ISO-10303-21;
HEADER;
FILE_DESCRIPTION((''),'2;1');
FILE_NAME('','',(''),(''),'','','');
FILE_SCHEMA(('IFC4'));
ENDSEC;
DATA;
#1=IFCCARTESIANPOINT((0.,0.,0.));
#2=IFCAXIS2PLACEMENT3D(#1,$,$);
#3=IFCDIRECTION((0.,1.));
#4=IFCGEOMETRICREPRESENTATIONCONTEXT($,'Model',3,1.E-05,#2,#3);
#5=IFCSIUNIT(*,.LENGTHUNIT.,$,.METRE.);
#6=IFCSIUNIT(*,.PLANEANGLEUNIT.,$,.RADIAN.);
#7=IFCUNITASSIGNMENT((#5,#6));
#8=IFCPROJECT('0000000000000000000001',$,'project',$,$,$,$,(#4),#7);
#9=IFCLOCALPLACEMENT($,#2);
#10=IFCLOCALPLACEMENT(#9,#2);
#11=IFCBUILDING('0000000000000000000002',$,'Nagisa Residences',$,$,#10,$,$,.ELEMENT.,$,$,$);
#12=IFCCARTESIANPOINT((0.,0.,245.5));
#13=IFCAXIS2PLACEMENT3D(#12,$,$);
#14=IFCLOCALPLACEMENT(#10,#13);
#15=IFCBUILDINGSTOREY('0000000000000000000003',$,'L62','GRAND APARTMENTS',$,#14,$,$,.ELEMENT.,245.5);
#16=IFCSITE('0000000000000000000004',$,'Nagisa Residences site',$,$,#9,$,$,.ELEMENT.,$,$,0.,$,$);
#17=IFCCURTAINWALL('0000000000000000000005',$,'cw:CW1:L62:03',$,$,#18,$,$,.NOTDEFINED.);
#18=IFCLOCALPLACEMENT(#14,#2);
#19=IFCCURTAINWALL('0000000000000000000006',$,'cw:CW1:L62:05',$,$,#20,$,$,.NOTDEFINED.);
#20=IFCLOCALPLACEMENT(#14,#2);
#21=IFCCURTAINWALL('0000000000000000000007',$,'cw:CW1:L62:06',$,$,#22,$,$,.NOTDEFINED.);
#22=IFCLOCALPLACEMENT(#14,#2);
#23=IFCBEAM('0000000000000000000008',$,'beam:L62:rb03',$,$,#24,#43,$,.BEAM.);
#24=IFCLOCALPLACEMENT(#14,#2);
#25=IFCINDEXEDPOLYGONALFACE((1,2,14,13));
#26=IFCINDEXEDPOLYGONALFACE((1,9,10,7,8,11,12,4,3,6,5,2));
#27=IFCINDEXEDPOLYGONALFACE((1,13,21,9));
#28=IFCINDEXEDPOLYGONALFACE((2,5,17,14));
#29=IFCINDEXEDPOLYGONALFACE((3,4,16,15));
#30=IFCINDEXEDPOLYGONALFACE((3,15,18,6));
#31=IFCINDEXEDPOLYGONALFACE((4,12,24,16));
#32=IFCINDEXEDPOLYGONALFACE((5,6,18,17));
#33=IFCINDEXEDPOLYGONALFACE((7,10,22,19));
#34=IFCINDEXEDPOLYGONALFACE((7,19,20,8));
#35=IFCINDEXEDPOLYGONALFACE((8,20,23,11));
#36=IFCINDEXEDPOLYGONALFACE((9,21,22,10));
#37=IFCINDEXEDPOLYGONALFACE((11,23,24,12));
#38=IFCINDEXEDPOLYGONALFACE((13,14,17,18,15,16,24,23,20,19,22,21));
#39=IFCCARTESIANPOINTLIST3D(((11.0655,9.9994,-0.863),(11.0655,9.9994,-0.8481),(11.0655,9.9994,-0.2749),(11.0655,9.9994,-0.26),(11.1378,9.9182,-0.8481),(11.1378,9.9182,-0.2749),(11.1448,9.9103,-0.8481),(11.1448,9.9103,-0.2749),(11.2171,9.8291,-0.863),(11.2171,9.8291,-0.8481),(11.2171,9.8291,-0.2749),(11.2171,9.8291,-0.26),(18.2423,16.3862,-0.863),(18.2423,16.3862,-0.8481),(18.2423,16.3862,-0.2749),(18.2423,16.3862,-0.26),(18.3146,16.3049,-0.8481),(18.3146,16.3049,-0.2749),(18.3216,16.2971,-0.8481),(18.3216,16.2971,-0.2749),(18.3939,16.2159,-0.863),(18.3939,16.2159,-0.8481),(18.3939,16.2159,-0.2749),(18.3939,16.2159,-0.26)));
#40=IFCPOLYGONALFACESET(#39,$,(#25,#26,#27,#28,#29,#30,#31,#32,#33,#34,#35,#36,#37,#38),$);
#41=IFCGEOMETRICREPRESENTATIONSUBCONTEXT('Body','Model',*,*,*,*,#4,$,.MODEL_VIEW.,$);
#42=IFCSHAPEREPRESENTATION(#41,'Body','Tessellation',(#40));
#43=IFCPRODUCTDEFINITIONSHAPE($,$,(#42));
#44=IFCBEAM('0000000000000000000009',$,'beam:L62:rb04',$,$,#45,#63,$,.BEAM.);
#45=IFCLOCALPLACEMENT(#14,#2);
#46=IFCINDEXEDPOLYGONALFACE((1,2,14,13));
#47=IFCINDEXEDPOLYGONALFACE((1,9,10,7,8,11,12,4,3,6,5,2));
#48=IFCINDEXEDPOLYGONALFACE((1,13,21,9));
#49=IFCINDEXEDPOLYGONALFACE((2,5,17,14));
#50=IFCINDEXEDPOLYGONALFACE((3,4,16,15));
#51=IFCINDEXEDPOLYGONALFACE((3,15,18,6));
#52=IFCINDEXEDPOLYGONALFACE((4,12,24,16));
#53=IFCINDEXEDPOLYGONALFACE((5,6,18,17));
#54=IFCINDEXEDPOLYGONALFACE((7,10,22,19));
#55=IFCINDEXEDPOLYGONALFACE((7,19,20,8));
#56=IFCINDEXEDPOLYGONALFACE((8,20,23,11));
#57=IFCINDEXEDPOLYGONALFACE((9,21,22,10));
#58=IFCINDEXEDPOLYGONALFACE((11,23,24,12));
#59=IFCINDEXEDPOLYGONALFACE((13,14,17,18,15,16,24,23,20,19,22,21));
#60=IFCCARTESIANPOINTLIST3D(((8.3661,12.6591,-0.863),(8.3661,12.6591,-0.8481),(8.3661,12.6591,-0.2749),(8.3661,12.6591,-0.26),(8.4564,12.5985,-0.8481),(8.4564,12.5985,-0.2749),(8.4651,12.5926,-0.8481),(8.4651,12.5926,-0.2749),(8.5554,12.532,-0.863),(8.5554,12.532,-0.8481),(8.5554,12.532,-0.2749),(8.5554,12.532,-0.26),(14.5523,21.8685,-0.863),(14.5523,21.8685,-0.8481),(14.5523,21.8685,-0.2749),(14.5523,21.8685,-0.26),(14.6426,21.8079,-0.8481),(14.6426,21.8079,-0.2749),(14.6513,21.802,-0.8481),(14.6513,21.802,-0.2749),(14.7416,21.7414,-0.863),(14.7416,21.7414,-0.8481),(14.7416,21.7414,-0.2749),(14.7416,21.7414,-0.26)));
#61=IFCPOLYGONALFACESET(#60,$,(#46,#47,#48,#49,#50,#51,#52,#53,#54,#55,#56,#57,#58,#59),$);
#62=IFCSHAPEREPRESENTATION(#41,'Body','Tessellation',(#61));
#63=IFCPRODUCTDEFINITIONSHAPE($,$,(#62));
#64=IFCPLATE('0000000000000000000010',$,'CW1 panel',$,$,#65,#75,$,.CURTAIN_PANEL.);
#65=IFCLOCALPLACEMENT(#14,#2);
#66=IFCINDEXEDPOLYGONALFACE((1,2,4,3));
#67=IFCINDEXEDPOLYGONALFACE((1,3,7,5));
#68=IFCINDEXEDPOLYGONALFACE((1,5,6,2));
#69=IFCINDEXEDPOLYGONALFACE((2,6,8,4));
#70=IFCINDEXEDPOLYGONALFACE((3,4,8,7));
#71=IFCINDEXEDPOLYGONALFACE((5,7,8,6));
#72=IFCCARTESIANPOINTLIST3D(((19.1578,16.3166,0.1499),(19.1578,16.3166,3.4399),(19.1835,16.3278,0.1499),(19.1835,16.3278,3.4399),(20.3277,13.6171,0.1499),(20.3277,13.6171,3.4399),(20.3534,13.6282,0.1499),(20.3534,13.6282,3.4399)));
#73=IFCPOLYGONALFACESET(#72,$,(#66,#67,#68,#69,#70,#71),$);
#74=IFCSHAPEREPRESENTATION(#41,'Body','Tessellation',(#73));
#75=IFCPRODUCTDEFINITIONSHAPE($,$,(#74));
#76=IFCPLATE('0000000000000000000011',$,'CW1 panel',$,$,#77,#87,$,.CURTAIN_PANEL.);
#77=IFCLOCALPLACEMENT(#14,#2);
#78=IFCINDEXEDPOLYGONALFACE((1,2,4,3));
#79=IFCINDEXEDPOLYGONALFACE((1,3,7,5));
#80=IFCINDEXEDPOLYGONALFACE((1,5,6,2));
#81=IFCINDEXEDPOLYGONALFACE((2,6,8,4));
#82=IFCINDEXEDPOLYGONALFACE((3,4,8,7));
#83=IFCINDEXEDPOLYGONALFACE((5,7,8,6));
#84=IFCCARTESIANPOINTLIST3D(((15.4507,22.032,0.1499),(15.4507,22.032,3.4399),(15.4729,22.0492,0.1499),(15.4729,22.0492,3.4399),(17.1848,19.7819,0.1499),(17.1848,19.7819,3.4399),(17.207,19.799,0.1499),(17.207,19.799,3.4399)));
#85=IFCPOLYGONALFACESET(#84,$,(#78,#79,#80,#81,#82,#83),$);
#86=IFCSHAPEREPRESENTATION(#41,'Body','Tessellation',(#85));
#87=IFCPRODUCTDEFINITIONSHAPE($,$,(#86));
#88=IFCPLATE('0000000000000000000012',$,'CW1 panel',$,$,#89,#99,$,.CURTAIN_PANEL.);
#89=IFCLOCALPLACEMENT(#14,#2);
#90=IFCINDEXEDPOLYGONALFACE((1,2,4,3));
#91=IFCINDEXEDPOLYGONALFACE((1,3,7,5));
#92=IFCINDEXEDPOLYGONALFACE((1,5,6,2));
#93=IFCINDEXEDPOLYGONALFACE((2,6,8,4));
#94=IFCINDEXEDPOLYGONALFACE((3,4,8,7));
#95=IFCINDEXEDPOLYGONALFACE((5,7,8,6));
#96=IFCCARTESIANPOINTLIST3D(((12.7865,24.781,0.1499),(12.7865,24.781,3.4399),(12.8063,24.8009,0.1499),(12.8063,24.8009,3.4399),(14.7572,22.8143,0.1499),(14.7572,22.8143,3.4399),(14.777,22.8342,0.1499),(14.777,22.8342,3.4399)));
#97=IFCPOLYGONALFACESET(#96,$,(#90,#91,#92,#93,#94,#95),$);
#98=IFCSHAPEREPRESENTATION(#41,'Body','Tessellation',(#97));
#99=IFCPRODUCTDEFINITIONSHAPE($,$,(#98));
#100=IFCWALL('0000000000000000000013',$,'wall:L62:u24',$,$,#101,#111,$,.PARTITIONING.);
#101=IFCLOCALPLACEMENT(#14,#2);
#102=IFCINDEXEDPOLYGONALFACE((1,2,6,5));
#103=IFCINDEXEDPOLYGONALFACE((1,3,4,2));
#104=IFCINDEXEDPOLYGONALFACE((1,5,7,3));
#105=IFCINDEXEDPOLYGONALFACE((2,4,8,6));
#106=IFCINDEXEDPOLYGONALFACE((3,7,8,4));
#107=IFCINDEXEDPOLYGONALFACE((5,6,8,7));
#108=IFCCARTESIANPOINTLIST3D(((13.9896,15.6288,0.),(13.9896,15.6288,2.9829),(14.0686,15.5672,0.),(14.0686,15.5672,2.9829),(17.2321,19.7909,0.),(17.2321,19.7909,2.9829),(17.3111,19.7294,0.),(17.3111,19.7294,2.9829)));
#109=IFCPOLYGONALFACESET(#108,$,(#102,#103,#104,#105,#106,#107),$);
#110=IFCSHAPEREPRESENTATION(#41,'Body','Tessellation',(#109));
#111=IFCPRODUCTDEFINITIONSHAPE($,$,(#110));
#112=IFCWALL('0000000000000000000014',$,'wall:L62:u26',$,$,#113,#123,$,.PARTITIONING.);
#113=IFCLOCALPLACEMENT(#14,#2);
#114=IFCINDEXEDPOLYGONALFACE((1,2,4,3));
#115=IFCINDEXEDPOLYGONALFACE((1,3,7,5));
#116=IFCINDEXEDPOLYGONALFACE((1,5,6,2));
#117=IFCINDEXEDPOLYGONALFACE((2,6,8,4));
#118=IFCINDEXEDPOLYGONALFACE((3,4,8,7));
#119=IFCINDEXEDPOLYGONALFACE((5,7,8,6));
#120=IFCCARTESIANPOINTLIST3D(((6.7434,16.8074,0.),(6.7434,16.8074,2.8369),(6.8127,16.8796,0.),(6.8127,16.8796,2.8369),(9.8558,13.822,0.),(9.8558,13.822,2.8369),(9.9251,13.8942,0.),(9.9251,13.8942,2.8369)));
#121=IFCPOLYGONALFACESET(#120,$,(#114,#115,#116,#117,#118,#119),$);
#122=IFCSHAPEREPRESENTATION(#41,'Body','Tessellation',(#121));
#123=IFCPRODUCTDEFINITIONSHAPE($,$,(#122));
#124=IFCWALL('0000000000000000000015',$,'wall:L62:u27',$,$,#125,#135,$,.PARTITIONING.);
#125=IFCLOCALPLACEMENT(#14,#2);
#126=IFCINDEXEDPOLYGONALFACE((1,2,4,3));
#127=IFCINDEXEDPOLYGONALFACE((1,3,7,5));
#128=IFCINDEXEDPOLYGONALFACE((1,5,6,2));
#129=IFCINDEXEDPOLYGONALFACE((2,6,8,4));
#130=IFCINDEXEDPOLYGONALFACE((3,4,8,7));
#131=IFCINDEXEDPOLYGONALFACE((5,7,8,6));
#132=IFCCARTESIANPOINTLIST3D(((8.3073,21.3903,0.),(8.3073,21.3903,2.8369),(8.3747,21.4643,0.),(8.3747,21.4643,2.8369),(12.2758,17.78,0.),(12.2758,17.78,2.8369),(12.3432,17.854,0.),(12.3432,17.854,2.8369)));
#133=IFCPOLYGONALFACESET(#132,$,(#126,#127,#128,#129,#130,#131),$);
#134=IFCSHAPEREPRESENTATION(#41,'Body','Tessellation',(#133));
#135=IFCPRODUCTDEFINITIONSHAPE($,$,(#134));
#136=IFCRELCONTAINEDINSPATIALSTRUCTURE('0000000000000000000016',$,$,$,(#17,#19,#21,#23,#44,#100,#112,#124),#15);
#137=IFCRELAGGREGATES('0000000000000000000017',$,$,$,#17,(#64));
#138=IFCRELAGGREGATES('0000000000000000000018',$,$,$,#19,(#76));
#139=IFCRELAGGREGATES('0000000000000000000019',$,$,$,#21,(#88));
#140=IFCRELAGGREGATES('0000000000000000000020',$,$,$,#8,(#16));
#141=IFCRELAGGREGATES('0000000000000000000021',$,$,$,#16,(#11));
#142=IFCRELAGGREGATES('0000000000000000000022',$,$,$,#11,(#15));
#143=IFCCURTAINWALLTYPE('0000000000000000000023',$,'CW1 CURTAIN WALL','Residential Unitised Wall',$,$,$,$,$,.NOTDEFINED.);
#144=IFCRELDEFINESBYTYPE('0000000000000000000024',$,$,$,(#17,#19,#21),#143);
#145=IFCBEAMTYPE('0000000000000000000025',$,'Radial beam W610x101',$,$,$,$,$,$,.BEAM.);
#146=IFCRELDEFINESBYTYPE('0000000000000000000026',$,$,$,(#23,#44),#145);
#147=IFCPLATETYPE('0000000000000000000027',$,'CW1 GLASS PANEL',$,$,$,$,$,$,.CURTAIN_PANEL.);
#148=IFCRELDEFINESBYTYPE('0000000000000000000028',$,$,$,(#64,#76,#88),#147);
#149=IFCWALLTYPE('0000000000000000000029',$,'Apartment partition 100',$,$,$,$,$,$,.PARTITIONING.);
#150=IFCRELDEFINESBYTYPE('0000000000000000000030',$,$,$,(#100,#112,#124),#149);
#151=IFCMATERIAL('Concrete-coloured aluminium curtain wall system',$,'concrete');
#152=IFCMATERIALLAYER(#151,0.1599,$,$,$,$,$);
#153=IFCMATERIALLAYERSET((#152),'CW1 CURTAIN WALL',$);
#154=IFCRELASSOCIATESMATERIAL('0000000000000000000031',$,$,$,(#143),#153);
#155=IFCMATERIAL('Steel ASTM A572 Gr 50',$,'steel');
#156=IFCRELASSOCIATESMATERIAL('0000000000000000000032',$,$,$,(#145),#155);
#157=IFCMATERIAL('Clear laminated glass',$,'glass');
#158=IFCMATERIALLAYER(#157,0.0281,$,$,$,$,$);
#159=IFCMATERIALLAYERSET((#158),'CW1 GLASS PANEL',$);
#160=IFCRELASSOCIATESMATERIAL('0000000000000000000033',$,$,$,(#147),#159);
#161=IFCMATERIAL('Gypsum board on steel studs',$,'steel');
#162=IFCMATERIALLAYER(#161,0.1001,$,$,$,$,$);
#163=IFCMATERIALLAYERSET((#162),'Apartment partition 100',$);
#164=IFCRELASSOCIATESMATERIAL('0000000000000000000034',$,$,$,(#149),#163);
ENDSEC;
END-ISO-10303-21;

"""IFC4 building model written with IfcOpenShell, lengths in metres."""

from ifc_helpers import new_model, si_unit, direction, frame, frame_2d, origin, origin_2d, place, context, subcontext, project, spatial, rectangle, i_section, extrude, material, layer, layer_set, material_profile, profile_set, type_object, element, aggregate, save


model = new_model("IFC4")

# Units and contexts
model_context = context("Model", 3, precision=1e-05, world=origin(), true_north=direction((0.0, 1.0)))
body_context = subcontext(model_context, "Body", "Model", "MODEL_VIEW")
ifc_project = project(units=[si_unit("LENGTHUNIT", "METRE"), si_unit("PLANEANGLEUNIT", "RADIAN")], contexts=[model_context])

# Site, building, storey
site_placement = place(None, origin())
site = spatial("IfcSite", under=ifc_project, at=site_placement, Name="Nagisa Residences site", CompositionType="ELEMENT", RefElevation=0.0)
building_placement = place(site_placement, origin())
building = spatial("IfcBuilding", under=site, at=building_placement, Name="Nagisa Residences", CompositionType="ELEMENT")
storey_placement = place(building_placement, frame((0.0, 0.0, 245.5)))
storey = spatial("IfcBuildingStorey", under=building, at=storey_placement, Name="L62", Description="GRAND APARTMENTS", CompositionType="ELEMENT", Elevation=245.5)

# Curtain walls
ifc_material_1 = material(Name="Concrete-coloured aluminium curtain wall system", Category="concrete")
ifc_layer_1 = layer(ifc_material_1, 0.1599)
ifc_layer_set_1 = layer_set([ifc_layer_1], Name="CW1 CURTAIN WALL")
curtain_wall_type = type_object("IfcCurtainWallType", Name="CW1 CURTAIN WALL", Description="Residential Unitised Wall", PredefinedType="NOTDEFINED", material=ifc_layer_set_1)
curtain_wall_1_placement = place(storey_placement, origin())
curtain_wall_1 = element("IfcCurtainWall", 1, at=curtain_wall_1_placement, inside=storey, type_object=curtain_wall_type, Name="cw:CW1:L62:03", PredefinedType="NOTDEFINED")
curtain_wall_2_placement = place(storey_placement, origin())
curtain_wall_2 = element("IfcCurtainWall", 2, at=curtain_wall_2_placement, inside=storey, type_object=curtain_wall_type, Name="cw:CW1:L62:05", PredefinedType="NOTDEFINED")
curtain_wall_3_placement = place(storey_placement, origin())
curtain_wall_3 = element("IfcCurtainWall", 3, at=curtain_wall_3_placement, inside=storey, type_object=curtain_wall_type, Name="cw:CW1:L62:06", PredefinedType="NOTDEFINED")

# Beams
ifc_material_2 = material(Name="Steel ASTM A572 Gr 50", Category="steel")
ifc_material_profile_1 = material_profile(ifc_material_2, i_section(OverallWidth=0.228, OverallDepth=0.603, WebThickness=0.0105, FlangeThickness=0.0149, at=origin_2d()), Name="W610x101")
ifc_profile_set_1 = profile_set([ifc_material_profile_1], Name="Steel ASTM A572 Gr 50")
beam_type_1 = type_object("IfcBeamType", Name="Radial beam W610x101", PredefinedType="BEAM", material=ifc_profile_set_1)
beam_1_placement = place(storey_placement, frame((18.3181, 16.301, -0.5615), z_axis=(-0.747028, -0.664793, 0.0), x_axis=(0.664793, -0.747028, 0.0)))
element("IfcBeam", 4, at=beam_1_placement, inside=storey, type_object=beam_type_1, Name="beam:L62:rb03", PredefinedType="BEAM", context=body_context, shape_type="SweptSolid", body=[
    extrude(i_section(OverallWidth=0.228, OverallDepth=0.603, WebThickness=0.0105, FlangeThickness=0.0149, at=origin_2d()), origin(), (0.0, 0.0, 1.0), 9.6072),
])
beam_2_placement = place(storey_placement, frame((14.647, 21.8049, -0.5615), z_axis=(-0.557607, -0.830105, 0.0), x_axis=(0.830105, -0.557607, 0.0)))
element("IfcBeam", 5, at=beam_2_placement, inside=storey, type_object=beam_type_1, Name="beam:L62:rb04", PredefinedType="BEAM", context=body_context, shape_type="SweptSolid", body=[
    extrude(i_section(OverallWidth=0.228, OverallDepth=0.603, WebThickness=0.0105, FlangeThickness=0.0149, at=origin_2d()), origin(), (0.0, 0.0, 1.0), 11.0942),
])

# Plates
ifc_material_3 = material(Name="Clear laminated glass", Category="glass")
ifc_layer_2 = layer(ifc_material_3, 0.0281)
ifc_layer_set_2 = layer_set([ifc_layer_2], Name="CW1 GLASS PANEL")
plate_type = type_object("IfcPlateType", Name="CW1 GLASS PANEL", PredefinedType="CURTAIN_PANEL", material=ifc_layer_set_2)
plate_1_placement = place(storey_placement, frame((19.7556, 14.9724, 0.1499), z_axis=(0.0, 0.0, 1.0), x_axis=(-0.397636, 0.917543, 0.0)))
plate_1 = element("IfcPlate", 6, at=plate_1_placement, type_object=plate_type, Name="CW1 panel", PredefinedType="CURTAIN_PANEL", context=body_context, shape_type="SweptSolid", body=[
    extrude(rectangle(XDim=2.9421, YDim=0.0281, at=origin_2d()), origin(), (0.0, 0.0, 1.0), 3.29),
])
aggregate(curtain_wall_1, [plate_1])
plate_2_placement = place(storey_placement, frame((16.3289, 20.9155, 0.1499), z_axis=(0.0, 0.0, 1.0), x_axis=(-0.61043, 0.79207, 0.0)))
plate_2 = element("IfcPlate", 7, at=plate_2_placement, type_object=plate_type, Name="CW1 panel", PredefinedType="CURTAIN_PANEL", context=body_context, shape_type="SweptSolid", body=[
    extrude(rectangle(XDim=2.8408, YDim=0.0281, at=origin_2d()), origin(), (0.0, 0.0, 1.0), 3.29),
])
aggregate(curtain_wall_2, [plate_2])
plate_3_placement = place(storey_placement, frame((13.7817, 23.8076, 0.1499), z_axis=(0.0, 0.0, 1.0), x_axis=(-0.707836, 0.706377, 0.0)))
plate_3 = element("IfcPlate", 8, at=plate_3_placement, type_object=plate_type, Name="CW1 panel", PredefinedType="CURTAIN_PANEL", context=body_context, shape_type="SweptSolid", body=[
    extrude(rectangle(XDim=2.7842, YDim=0.0281, at=origin_2d()), origin(), (0.0, 0.0, 1.0), 3.29),
])
aggregate(curtain_wall_3, [plate_3])

# Walls
ifc_material_4 = material(Name="Gypsum board on steel studs", Category="steel")
ifc_layer_3 = layer(ifc_material_4, 0.1001)
ifc_layer_set_3 = layer_set([ifc_layer_3], Name="Apartment partition 100")
wall_type_1 = type_object("IfcWallType", Name="Apartment partition 100", PredefinedType="PARTITIONING", material=ifc_layer_set_3)
wall_1_placement = place(storey_placement, frame((14.0291, 15.5979, 0.0), z_axis=(0.0, 0.0, 1.0), x_axis=(0.614559, 0.788871, 0.0)))
element("IfcWall", 9, at=wall_1_placement, inside=storey, type_object=wall_type_1, Name="wall:L62:u24", PredefinedType="PARTITIONING", context=body_context, shape_type="SweptSolid", body=[
    extrude(rectangle(XDim=5.2761, YDim=0.1001, at=frame_2d((2.6382, 0.0))), origin(), (0.0, 0.0, 1.0), 2.9829),
])
wall_2_placement = place(storey_placement, frame((9.8904, 13.8582, 0.0), z_axis=(0.0, 0.0, 1.0), x_axis=(-0.721672, 0.692235, 0.0)))
element("IfcWall", 10, at=wall_2_placement, inside=storey, type_object=wall_type_1, Name="wall:L62:u26", PredefinedType="PARTITIONING", context=body_context, shape_type="SweptSolid", body=[
    extrude(rectangle(XDim=4.3127, YDim=0.1001, at=frame_2d((2.1562, 0.0))), origin(), (0.0, 0.0, 1.0), 2.8369),
])
wall_3_placement = place(storey_placement, frame((12.3096, 17.8169, 0.0), z_axis=(0.0, 0.0, 1.0), x_axis=(-0.739697, 0.67294, 0.0)))
element("IfcWall", 11, at=wall_3_placement, inside=storey, type_object=wall_type_1, Name="wall:L62:u27", PredefinedType="PARTITIONING", context=body_context, shape_type="SweptSolid", body=[
    extrude(rectangle(XDim=5.365, YDim=0.1001, at=frame_2d((2.6826, 0.0))), origin(), (0.0, 0.0, 1.0), 2.8369),
])

save(model, "model.ifc")
